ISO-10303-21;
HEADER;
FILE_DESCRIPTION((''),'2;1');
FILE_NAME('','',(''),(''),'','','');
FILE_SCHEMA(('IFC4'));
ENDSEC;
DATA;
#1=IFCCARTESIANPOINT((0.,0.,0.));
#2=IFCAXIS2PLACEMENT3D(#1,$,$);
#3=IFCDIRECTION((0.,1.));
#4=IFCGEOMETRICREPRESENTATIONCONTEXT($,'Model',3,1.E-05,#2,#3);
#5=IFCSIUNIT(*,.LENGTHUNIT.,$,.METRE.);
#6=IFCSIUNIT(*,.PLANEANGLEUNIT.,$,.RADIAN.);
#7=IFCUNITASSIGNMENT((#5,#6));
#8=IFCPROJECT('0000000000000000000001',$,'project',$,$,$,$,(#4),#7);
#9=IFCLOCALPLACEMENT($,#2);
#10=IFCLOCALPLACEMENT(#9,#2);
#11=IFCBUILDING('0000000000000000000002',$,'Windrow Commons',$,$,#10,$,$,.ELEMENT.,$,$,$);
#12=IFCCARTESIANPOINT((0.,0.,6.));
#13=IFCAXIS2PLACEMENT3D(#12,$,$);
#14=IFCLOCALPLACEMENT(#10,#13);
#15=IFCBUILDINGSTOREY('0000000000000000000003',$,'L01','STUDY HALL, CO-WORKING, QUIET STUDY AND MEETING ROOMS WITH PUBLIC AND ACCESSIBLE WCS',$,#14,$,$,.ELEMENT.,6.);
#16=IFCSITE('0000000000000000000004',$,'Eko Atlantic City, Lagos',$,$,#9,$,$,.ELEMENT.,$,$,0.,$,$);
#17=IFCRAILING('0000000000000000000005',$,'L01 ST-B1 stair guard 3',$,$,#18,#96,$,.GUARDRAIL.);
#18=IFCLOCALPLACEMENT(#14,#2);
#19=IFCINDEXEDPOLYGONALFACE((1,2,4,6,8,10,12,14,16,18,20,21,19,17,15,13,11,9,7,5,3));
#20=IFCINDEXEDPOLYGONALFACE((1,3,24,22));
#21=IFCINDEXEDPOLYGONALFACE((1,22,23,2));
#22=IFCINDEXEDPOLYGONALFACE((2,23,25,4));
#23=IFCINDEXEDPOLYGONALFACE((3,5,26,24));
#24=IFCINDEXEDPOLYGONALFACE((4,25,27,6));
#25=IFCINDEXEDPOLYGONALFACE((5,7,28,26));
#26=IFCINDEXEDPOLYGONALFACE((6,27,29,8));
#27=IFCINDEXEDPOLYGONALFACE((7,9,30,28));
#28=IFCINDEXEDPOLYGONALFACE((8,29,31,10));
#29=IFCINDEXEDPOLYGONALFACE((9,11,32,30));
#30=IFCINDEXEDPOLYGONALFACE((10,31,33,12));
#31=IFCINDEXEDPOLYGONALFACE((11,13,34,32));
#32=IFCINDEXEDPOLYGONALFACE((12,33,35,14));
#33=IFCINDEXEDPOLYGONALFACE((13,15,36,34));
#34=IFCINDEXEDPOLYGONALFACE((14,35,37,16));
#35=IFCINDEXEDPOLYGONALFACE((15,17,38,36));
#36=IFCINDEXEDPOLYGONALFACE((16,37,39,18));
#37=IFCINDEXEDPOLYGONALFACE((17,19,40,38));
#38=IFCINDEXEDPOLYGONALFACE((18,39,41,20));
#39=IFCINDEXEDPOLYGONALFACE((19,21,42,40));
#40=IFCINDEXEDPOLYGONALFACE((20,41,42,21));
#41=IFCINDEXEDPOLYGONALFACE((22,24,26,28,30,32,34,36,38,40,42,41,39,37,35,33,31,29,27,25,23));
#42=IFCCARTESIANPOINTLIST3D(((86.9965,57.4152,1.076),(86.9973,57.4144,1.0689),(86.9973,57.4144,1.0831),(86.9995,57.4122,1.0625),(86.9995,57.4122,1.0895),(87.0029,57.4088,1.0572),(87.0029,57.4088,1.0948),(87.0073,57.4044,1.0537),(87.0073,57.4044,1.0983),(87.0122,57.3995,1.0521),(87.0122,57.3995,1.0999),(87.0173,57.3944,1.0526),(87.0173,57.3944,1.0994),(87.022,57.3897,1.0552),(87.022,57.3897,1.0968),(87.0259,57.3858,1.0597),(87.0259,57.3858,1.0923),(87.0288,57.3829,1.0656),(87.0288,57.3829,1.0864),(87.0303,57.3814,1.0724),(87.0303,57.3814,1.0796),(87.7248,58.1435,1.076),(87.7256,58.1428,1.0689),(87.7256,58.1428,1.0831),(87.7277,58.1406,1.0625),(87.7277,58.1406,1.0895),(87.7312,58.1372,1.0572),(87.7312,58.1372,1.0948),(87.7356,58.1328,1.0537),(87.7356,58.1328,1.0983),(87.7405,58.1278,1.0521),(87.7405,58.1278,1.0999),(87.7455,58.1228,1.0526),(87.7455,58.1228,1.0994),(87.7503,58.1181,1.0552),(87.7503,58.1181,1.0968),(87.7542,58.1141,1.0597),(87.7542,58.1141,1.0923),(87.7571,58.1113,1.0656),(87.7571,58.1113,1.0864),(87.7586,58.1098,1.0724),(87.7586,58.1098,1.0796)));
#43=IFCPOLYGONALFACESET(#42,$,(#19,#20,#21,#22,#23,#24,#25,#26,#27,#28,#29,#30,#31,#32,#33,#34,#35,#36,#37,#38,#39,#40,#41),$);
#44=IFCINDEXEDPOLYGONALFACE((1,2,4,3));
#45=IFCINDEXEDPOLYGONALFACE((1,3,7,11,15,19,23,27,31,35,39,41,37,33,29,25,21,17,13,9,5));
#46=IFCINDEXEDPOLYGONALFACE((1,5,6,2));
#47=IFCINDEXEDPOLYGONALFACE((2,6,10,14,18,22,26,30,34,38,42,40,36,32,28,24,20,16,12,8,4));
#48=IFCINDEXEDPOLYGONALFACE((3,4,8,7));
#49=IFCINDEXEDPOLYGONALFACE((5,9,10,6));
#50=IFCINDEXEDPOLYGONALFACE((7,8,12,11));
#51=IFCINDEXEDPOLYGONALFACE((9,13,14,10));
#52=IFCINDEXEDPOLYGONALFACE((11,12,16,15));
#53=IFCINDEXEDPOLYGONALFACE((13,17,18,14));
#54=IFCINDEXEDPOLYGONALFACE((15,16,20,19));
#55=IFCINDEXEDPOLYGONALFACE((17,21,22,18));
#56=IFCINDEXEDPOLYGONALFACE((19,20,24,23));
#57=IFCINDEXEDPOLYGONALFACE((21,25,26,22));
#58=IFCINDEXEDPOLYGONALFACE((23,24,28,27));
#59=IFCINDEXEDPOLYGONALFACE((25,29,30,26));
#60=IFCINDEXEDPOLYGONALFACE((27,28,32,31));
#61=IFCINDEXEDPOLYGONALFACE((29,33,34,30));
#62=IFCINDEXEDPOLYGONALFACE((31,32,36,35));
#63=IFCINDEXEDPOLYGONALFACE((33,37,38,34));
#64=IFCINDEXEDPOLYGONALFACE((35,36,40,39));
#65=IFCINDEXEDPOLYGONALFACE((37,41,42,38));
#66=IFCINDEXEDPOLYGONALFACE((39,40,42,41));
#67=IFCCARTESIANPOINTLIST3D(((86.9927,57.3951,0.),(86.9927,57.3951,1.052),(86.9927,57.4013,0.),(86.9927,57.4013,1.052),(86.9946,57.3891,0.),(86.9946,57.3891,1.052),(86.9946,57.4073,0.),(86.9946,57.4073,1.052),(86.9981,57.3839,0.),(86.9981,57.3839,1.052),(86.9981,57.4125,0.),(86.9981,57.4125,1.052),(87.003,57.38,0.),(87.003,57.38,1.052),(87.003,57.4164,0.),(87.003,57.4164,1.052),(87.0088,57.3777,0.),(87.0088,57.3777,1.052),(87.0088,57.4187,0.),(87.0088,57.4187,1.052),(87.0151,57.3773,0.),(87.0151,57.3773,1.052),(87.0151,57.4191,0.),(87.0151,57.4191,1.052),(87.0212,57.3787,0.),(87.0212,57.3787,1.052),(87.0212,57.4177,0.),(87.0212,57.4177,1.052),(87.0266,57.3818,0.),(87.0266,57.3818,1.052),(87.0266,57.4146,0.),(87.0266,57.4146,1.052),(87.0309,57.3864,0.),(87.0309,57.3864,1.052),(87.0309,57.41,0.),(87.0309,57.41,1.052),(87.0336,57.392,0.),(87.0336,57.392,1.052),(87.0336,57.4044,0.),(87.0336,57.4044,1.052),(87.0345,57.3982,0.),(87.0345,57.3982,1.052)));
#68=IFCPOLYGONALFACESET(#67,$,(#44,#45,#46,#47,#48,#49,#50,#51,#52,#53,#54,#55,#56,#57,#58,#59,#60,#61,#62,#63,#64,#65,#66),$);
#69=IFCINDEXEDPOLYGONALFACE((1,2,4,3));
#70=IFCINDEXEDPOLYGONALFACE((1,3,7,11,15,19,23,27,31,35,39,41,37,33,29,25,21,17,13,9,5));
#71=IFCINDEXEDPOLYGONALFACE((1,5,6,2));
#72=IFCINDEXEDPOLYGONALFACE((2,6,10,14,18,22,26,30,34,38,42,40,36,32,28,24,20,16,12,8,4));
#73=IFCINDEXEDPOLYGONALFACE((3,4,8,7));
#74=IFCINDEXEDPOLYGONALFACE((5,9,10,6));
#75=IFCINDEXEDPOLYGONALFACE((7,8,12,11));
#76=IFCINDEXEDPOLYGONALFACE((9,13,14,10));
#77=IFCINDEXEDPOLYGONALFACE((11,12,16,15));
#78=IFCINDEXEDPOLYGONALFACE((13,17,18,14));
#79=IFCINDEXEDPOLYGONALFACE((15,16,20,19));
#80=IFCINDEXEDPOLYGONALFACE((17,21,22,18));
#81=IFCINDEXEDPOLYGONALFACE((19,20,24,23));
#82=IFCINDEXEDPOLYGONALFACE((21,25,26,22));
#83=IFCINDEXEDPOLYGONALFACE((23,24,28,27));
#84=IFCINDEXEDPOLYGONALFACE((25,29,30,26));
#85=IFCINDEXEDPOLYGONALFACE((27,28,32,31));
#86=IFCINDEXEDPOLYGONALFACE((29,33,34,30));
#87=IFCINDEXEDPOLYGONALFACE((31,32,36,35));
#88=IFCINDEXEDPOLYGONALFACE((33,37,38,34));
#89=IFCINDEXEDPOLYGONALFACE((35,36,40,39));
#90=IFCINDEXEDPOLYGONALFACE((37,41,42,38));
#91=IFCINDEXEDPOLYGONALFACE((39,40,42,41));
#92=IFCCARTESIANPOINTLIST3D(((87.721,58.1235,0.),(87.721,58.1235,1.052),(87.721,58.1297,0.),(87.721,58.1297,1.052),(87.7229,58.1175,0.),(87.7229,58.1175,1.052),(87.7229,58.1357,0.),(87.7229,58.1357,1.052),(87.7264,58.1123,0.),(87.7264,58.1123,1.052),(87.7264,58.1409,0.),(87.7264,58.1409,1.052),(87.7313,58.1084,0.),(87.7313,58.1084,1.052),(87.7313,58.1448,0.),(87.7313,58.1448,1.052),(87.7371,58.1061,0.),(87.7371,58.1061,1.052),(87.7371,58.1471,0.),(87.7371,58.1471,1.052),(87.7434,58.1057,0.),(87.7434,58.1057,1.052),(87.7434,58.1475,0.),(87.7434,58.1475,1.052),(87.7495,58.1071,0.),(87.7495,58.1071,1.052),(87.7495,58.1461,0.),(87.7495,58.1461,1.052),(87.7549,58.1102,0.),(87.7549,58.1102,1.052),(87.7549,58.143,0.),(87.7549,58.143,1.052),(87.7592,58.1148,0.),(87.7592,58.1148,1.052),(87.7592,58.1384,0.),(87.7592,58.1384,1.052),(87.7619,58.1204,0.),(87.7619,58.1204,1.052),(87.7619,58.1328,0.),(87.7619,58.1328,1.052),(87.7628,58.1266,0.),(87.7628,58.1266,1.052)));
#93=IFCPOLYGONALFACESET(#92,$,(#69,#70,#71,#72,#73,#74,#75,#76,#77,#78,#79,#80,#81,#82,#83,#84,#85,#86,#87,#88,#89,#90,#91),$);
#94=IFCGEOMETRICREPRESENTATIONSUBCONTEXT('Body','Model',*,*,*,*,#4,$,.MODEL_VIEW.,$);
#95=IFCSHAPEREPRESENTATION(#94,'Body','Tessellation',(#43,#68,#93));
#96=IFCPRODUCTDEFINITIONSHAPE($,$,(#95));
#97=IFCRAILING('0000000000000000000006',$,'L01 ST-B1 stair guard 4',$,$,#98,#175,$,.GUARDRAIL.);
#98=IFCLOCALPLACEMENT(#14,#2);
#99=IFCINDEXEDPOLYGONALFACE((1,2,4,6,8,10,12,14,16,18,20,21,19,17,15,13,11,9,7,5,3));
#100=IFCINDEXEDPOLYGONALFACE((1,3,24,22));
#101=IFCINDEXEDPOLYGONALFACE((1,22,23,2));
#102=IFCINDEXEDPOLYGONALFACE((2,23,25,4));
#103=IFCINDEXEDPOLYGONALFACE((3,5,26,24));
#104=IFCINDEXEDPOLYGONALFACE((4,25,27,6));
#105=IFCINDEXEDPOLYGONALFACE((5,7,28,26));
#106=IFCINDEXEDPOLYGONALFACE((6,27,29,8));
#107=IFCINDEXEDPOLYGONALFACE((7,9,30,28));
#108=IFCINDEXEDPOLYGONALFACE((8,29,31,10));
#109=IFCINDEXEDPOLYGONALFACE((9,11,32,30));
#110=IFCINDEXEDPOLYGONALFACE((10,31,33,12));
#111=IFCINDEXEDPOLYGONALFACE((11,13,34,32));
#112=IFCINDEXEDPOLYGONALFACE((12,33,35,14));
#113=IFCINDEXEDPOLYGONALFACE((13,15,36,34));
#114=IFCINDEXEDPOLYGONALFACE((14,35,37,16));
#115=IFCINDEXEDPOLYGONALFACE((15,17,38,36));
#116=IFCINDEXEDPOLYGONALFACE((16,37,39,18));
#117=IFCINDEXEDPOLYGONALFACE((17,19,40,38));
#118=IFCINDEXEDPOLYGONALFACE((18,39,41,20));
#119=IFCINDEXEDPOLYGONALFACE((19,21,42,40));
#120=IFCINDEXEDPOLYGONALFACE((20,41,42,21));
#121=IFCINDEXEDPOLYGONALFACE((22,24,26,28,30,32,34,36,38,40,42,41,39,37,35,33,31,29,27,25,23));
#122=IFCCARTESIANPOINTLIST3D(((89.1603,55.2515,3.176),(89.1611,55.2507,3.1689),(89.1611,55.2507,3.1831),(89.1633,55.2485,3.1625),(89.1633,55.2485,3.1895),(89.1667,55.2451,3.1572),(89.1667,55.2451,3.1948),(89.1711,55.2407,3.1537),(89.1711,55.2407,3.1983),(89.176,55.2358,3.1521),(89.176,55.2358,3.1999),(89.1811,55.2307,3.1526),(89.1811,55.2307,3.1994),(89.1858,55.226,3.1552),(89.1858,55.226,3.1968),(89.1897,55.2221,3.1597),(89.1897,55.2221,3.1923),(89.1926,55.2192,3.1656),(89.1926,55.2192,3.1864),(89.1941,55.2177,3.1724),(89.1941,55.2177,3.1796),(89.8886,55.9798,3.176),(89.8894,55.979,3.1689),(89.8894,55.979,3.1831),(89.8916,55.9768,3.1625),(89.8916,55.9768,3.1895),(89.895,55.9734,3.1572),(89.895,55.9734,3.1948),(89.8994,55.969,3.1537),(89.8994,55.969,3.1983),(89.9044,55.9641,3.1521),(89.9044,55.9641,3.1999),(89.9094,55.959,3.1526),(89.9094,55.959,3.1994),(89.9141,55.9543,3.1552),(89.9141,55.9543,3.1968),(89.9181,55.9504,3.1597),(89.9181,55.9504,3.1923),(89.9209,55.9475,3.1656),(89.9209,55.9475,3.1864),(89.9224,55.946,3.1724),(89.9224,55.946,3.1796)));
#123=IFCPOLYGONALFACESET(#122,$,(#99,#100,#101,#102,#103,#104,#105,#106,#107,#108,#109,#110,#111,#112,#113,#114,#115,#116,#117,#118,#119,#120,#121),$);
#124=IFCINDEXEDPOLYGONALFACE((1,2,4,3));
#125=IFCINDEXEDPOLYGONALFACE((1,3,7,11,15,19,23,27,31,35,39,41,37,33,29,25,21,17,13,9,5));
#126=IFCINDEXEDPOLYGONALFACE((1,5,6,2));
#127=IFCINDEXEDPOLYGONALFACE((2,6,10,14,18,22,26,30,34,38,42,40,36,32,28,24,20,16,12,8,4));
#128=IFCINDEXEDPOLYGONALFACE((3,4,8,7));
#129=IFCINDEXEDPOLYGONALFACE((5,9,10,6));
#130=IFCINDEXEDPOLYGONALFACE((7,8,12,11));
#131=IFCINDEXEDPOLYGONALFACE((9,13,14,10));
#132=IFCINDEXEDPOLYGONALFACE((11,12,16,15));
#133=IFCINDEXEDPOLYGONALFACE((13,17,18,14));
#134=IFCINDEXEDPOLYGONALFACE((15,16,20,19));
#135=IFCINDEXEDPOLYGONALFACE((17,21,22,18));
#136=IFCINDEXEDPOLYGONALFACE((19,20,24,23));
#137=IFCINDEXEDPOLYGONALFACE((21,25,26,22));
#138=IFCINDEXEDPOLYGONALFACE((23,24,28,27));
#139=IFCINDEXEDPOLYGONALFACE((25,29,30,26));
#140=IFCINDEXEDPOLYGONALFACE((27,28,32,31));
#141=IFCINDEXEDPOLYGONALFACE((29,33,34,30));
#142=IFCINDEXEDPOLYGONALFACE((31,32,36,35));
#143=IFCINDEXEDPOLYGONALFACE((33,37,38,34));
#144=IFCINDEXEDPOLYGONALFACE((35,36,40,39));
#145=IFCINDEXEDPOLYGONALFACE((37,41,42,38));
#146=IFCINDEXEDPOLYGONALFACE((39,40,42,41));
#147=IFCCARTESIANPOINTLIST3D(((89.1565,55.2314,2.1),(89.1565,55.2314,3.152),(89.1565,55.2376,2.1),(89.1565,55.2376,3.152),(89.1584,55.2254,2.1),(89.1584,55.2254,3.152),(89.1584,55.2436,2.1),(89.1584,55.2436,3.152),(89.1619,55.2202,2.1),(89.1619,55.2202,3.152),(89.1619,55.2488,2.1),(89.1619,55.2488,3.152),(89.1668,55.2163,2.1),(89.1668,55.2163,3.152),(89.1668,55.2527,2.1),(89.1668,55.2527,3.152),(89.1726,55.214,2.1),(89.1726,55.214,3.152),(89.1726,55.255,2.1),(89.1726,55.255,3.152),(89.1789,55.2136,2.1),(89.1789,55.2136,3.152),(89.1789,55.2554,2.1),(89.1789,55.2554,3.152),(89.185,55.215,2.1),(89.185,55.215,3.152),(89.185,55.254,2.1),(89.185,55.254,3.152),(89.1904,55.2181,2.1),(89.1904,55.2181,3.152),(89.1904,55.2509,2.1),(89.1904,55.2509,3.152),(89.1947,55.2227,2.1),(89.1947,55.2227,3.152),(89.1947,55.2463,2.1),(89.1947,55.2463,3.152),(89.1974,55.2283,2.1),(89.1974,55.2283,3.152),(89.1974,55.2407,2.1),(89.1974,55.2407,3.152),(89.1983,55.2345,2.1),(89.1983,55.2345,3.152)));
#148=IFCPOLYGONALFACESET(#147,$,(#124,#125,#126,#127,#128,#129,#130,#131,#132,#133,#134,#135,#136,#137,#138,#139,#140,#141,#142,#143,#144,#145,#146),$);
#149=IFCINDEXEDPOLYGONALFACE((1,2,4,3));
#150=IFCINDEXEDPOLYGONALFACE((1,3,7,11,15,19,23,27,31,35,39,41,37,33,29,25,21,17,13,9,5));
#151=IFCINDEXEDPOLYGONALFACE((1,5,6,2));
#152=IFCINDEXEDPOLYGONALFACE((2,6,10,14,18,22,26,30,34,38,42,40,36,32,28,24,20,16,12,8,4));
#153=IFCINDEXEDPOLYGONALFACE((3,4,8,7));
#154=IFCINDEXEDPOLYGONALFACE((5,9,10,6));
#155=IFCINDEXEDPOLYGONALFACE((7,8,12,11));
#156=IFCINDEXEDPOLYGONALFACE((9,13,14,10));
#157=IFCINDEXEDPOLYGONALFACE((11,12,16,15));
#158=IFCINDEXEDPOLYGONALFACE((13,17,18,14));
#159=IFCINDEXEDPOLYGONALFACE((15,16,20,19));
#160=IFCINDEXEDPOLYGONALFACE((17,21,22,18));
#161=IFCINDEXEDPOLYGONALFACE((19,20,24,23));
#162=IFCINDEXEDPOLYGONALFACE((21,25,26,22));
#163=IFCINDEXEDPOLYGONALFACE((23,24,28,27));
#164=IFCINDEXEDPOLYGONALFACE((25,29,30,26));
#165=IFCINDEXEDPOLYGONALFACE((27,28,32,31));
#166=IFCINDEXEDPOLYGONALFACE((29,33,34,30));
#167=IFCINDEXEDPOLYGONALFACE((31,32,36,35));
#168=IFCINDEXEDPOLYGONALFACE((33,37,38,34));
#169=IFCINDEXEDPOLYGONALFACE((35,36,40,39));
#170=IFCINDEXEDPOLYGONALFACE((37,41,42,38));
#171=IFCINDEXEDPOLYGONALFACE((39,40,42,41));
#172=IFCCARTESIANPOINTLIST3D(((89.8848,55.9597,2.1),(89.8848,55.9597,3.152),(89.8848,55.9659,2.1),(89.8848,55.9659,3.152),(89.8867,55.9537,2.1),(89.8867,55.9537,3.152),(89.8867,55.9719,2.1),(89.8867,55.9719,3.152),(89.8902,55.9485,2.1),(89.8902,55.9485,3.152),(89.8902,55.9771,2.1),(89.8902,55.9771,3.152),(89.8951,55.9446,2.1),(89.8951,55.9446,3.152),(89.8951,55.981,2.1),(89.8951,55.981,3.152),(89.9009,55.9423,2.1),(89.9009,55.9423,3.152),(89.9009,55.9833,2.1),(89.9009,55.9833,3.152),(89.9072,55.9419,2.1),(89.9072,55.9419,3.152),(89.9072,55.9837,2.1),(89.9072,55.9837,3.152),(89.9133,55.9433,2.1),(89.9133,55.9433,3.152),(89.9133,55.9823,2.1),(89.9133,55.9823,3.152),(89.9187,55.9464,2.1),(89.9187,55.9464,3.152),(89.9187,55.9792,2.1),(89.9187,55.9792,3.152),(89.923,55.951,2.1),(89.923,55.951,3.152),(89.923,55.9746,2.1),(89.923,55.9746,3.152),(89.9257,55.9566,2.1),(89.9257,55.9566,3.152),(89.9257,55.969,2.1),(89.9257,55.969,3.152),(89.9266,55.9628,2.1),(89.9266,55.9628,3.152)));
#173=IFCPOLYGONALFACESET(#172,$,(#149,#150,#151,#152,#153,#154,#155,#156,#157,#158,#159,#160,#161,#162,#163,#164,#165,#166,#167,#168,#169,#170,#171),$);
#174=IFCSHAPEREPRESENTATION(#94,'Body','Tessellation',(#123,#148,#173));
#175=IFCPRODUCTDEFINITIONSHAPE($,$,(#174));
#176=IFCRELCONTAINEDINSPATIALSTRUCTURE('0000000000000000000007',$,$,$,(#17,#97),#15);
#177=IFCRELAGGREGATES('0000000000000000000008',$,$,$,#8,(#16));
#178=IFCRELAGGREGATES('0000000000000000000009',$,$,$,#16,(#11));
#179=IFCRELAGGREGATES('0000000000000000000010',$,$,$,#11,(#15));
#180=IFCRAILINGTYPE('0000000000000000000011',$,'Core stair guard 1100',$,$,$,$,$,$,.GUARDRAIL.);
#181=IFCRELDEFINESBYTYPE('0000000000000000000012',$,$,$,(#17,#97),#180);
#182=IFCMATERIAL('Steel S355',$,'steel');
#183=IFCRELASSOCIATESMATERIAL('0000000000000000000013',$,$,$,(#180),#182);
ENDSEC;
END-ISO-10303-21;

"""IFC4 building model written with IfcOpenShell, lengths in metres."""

from ifc_helpers import new_model, si_unit, direction, frame, origin, origin_2d, place, context, subcontext, project, spatial, circle, extrude, material, type_object, element, save


model = new_model("IFC4")

# Units and contexts
model_context = context("Model", 3, precision=1e-05, world=origin(), true_north=direction((0.0, 1.0)))
body_context = subcontext(model_context, "Body", "Model", "MODEL_VIEW")
ifc_project = project(units=[si_unit("LENGTHUNIT", "METRE"), si_unit("PLANEANGLEUNIT", "RADIAN")], contexts=[model_context])

# Site, building, storey
site_placement = place(None, origin())
site = spatial("IfcSite", under=ifc_project, at=site_placement, Name="Eko Atlantic City, Lagos", CompositionType="ELEMENT", RefElevation=0.0)
building_placement = place(site_placement, origin())
building = spatial("IfcBuilding", under=site, at=building_placement, Name="Windrow Commons", CompositionType="ELEMENT")
storey_placement = place(building_placement, frame((0.0, 0.0, 6.0)))
storey = spatial("IfcBuildingStorey", under=building, at=storey_placement, Name="L01", Description="STUDY HALL, CO-WORKING, QUIET STUDY AND MEETING ROOMS WITH PUBLIC AND ACCESSIBLE WCS", CompositionType="ELEMENT", Elevation=6.0)

# Railings
ifc_material_1 = material(Name="Steel S355", Category="steel")
railing_type_1 = type_object("IfcRailingType", Name="Core stair guard 1100", PredefinedType="GUARDRAIL", material=ifc_material_1)
railing_1_placement = place(storey_placement, frame((87.0135, 57.3982, 0.0)))
element("IfcRailing", 1, at=railing_1_placement, inside=storey, type_object=railing_type_1, Name="L01 ST-B1 stair guard 3", PredefinedType="GUARDRAIL", context=body_context, shape_type="SweptSolid", body=[
    extrude(circle(Radius=0.024, at=origin_2d()), frame((0.0, 0.0, 1.076), z_axis=(0.707058, 0.707155, 0.0), x_axis=(-0.707155, 0.707058, 0.0)), (0.0, 0.0, 1.0), 1.03),
    extrude(circle(Radius=0.021, at=origin_2d()), origin(), (0.0, 0.0, 1.0), 1.052),
    extrude(circle(Radius=0.021, at=origin_2d()), frame((0.7283, 0.7284, 0.0)), (0.0, 0.0, 1.0), 1.052),
])
railing_2_placement = place(storey_placement, frame((89.1773, 55.2345, 2.1)))
element("IfcRailing", 2, at=railing_2_placement, inside=storey, type_object=railing_type_1, Name="L01 ST-B1 stair guard 4", PredefinedType="GUARDRAIL", context=body_context, shape_type="SweptSolid", body=[
    extrude(circle(Radius=0.024, at=origin_2d()), frame((0.0, 0.0, 1.076), z_axis=(0.707107, 0.707107, 0.0), x_axis=(-0.707107, 0.707107, 0.0)), (0.0, 0.0, 1.0), 1.03),
    extrude(circle(Radius=0.021, at=origin_2d()), origin(), (0.0, 0.0, 1.0), 1.052),
    extrude(circle(Radius=0.021, at=origin_2d()), frame((0.7283, 0.7283, 0.0)), (0.0, 0.0, 1.0), 1.052),
])

save(model, "model.ifc")
